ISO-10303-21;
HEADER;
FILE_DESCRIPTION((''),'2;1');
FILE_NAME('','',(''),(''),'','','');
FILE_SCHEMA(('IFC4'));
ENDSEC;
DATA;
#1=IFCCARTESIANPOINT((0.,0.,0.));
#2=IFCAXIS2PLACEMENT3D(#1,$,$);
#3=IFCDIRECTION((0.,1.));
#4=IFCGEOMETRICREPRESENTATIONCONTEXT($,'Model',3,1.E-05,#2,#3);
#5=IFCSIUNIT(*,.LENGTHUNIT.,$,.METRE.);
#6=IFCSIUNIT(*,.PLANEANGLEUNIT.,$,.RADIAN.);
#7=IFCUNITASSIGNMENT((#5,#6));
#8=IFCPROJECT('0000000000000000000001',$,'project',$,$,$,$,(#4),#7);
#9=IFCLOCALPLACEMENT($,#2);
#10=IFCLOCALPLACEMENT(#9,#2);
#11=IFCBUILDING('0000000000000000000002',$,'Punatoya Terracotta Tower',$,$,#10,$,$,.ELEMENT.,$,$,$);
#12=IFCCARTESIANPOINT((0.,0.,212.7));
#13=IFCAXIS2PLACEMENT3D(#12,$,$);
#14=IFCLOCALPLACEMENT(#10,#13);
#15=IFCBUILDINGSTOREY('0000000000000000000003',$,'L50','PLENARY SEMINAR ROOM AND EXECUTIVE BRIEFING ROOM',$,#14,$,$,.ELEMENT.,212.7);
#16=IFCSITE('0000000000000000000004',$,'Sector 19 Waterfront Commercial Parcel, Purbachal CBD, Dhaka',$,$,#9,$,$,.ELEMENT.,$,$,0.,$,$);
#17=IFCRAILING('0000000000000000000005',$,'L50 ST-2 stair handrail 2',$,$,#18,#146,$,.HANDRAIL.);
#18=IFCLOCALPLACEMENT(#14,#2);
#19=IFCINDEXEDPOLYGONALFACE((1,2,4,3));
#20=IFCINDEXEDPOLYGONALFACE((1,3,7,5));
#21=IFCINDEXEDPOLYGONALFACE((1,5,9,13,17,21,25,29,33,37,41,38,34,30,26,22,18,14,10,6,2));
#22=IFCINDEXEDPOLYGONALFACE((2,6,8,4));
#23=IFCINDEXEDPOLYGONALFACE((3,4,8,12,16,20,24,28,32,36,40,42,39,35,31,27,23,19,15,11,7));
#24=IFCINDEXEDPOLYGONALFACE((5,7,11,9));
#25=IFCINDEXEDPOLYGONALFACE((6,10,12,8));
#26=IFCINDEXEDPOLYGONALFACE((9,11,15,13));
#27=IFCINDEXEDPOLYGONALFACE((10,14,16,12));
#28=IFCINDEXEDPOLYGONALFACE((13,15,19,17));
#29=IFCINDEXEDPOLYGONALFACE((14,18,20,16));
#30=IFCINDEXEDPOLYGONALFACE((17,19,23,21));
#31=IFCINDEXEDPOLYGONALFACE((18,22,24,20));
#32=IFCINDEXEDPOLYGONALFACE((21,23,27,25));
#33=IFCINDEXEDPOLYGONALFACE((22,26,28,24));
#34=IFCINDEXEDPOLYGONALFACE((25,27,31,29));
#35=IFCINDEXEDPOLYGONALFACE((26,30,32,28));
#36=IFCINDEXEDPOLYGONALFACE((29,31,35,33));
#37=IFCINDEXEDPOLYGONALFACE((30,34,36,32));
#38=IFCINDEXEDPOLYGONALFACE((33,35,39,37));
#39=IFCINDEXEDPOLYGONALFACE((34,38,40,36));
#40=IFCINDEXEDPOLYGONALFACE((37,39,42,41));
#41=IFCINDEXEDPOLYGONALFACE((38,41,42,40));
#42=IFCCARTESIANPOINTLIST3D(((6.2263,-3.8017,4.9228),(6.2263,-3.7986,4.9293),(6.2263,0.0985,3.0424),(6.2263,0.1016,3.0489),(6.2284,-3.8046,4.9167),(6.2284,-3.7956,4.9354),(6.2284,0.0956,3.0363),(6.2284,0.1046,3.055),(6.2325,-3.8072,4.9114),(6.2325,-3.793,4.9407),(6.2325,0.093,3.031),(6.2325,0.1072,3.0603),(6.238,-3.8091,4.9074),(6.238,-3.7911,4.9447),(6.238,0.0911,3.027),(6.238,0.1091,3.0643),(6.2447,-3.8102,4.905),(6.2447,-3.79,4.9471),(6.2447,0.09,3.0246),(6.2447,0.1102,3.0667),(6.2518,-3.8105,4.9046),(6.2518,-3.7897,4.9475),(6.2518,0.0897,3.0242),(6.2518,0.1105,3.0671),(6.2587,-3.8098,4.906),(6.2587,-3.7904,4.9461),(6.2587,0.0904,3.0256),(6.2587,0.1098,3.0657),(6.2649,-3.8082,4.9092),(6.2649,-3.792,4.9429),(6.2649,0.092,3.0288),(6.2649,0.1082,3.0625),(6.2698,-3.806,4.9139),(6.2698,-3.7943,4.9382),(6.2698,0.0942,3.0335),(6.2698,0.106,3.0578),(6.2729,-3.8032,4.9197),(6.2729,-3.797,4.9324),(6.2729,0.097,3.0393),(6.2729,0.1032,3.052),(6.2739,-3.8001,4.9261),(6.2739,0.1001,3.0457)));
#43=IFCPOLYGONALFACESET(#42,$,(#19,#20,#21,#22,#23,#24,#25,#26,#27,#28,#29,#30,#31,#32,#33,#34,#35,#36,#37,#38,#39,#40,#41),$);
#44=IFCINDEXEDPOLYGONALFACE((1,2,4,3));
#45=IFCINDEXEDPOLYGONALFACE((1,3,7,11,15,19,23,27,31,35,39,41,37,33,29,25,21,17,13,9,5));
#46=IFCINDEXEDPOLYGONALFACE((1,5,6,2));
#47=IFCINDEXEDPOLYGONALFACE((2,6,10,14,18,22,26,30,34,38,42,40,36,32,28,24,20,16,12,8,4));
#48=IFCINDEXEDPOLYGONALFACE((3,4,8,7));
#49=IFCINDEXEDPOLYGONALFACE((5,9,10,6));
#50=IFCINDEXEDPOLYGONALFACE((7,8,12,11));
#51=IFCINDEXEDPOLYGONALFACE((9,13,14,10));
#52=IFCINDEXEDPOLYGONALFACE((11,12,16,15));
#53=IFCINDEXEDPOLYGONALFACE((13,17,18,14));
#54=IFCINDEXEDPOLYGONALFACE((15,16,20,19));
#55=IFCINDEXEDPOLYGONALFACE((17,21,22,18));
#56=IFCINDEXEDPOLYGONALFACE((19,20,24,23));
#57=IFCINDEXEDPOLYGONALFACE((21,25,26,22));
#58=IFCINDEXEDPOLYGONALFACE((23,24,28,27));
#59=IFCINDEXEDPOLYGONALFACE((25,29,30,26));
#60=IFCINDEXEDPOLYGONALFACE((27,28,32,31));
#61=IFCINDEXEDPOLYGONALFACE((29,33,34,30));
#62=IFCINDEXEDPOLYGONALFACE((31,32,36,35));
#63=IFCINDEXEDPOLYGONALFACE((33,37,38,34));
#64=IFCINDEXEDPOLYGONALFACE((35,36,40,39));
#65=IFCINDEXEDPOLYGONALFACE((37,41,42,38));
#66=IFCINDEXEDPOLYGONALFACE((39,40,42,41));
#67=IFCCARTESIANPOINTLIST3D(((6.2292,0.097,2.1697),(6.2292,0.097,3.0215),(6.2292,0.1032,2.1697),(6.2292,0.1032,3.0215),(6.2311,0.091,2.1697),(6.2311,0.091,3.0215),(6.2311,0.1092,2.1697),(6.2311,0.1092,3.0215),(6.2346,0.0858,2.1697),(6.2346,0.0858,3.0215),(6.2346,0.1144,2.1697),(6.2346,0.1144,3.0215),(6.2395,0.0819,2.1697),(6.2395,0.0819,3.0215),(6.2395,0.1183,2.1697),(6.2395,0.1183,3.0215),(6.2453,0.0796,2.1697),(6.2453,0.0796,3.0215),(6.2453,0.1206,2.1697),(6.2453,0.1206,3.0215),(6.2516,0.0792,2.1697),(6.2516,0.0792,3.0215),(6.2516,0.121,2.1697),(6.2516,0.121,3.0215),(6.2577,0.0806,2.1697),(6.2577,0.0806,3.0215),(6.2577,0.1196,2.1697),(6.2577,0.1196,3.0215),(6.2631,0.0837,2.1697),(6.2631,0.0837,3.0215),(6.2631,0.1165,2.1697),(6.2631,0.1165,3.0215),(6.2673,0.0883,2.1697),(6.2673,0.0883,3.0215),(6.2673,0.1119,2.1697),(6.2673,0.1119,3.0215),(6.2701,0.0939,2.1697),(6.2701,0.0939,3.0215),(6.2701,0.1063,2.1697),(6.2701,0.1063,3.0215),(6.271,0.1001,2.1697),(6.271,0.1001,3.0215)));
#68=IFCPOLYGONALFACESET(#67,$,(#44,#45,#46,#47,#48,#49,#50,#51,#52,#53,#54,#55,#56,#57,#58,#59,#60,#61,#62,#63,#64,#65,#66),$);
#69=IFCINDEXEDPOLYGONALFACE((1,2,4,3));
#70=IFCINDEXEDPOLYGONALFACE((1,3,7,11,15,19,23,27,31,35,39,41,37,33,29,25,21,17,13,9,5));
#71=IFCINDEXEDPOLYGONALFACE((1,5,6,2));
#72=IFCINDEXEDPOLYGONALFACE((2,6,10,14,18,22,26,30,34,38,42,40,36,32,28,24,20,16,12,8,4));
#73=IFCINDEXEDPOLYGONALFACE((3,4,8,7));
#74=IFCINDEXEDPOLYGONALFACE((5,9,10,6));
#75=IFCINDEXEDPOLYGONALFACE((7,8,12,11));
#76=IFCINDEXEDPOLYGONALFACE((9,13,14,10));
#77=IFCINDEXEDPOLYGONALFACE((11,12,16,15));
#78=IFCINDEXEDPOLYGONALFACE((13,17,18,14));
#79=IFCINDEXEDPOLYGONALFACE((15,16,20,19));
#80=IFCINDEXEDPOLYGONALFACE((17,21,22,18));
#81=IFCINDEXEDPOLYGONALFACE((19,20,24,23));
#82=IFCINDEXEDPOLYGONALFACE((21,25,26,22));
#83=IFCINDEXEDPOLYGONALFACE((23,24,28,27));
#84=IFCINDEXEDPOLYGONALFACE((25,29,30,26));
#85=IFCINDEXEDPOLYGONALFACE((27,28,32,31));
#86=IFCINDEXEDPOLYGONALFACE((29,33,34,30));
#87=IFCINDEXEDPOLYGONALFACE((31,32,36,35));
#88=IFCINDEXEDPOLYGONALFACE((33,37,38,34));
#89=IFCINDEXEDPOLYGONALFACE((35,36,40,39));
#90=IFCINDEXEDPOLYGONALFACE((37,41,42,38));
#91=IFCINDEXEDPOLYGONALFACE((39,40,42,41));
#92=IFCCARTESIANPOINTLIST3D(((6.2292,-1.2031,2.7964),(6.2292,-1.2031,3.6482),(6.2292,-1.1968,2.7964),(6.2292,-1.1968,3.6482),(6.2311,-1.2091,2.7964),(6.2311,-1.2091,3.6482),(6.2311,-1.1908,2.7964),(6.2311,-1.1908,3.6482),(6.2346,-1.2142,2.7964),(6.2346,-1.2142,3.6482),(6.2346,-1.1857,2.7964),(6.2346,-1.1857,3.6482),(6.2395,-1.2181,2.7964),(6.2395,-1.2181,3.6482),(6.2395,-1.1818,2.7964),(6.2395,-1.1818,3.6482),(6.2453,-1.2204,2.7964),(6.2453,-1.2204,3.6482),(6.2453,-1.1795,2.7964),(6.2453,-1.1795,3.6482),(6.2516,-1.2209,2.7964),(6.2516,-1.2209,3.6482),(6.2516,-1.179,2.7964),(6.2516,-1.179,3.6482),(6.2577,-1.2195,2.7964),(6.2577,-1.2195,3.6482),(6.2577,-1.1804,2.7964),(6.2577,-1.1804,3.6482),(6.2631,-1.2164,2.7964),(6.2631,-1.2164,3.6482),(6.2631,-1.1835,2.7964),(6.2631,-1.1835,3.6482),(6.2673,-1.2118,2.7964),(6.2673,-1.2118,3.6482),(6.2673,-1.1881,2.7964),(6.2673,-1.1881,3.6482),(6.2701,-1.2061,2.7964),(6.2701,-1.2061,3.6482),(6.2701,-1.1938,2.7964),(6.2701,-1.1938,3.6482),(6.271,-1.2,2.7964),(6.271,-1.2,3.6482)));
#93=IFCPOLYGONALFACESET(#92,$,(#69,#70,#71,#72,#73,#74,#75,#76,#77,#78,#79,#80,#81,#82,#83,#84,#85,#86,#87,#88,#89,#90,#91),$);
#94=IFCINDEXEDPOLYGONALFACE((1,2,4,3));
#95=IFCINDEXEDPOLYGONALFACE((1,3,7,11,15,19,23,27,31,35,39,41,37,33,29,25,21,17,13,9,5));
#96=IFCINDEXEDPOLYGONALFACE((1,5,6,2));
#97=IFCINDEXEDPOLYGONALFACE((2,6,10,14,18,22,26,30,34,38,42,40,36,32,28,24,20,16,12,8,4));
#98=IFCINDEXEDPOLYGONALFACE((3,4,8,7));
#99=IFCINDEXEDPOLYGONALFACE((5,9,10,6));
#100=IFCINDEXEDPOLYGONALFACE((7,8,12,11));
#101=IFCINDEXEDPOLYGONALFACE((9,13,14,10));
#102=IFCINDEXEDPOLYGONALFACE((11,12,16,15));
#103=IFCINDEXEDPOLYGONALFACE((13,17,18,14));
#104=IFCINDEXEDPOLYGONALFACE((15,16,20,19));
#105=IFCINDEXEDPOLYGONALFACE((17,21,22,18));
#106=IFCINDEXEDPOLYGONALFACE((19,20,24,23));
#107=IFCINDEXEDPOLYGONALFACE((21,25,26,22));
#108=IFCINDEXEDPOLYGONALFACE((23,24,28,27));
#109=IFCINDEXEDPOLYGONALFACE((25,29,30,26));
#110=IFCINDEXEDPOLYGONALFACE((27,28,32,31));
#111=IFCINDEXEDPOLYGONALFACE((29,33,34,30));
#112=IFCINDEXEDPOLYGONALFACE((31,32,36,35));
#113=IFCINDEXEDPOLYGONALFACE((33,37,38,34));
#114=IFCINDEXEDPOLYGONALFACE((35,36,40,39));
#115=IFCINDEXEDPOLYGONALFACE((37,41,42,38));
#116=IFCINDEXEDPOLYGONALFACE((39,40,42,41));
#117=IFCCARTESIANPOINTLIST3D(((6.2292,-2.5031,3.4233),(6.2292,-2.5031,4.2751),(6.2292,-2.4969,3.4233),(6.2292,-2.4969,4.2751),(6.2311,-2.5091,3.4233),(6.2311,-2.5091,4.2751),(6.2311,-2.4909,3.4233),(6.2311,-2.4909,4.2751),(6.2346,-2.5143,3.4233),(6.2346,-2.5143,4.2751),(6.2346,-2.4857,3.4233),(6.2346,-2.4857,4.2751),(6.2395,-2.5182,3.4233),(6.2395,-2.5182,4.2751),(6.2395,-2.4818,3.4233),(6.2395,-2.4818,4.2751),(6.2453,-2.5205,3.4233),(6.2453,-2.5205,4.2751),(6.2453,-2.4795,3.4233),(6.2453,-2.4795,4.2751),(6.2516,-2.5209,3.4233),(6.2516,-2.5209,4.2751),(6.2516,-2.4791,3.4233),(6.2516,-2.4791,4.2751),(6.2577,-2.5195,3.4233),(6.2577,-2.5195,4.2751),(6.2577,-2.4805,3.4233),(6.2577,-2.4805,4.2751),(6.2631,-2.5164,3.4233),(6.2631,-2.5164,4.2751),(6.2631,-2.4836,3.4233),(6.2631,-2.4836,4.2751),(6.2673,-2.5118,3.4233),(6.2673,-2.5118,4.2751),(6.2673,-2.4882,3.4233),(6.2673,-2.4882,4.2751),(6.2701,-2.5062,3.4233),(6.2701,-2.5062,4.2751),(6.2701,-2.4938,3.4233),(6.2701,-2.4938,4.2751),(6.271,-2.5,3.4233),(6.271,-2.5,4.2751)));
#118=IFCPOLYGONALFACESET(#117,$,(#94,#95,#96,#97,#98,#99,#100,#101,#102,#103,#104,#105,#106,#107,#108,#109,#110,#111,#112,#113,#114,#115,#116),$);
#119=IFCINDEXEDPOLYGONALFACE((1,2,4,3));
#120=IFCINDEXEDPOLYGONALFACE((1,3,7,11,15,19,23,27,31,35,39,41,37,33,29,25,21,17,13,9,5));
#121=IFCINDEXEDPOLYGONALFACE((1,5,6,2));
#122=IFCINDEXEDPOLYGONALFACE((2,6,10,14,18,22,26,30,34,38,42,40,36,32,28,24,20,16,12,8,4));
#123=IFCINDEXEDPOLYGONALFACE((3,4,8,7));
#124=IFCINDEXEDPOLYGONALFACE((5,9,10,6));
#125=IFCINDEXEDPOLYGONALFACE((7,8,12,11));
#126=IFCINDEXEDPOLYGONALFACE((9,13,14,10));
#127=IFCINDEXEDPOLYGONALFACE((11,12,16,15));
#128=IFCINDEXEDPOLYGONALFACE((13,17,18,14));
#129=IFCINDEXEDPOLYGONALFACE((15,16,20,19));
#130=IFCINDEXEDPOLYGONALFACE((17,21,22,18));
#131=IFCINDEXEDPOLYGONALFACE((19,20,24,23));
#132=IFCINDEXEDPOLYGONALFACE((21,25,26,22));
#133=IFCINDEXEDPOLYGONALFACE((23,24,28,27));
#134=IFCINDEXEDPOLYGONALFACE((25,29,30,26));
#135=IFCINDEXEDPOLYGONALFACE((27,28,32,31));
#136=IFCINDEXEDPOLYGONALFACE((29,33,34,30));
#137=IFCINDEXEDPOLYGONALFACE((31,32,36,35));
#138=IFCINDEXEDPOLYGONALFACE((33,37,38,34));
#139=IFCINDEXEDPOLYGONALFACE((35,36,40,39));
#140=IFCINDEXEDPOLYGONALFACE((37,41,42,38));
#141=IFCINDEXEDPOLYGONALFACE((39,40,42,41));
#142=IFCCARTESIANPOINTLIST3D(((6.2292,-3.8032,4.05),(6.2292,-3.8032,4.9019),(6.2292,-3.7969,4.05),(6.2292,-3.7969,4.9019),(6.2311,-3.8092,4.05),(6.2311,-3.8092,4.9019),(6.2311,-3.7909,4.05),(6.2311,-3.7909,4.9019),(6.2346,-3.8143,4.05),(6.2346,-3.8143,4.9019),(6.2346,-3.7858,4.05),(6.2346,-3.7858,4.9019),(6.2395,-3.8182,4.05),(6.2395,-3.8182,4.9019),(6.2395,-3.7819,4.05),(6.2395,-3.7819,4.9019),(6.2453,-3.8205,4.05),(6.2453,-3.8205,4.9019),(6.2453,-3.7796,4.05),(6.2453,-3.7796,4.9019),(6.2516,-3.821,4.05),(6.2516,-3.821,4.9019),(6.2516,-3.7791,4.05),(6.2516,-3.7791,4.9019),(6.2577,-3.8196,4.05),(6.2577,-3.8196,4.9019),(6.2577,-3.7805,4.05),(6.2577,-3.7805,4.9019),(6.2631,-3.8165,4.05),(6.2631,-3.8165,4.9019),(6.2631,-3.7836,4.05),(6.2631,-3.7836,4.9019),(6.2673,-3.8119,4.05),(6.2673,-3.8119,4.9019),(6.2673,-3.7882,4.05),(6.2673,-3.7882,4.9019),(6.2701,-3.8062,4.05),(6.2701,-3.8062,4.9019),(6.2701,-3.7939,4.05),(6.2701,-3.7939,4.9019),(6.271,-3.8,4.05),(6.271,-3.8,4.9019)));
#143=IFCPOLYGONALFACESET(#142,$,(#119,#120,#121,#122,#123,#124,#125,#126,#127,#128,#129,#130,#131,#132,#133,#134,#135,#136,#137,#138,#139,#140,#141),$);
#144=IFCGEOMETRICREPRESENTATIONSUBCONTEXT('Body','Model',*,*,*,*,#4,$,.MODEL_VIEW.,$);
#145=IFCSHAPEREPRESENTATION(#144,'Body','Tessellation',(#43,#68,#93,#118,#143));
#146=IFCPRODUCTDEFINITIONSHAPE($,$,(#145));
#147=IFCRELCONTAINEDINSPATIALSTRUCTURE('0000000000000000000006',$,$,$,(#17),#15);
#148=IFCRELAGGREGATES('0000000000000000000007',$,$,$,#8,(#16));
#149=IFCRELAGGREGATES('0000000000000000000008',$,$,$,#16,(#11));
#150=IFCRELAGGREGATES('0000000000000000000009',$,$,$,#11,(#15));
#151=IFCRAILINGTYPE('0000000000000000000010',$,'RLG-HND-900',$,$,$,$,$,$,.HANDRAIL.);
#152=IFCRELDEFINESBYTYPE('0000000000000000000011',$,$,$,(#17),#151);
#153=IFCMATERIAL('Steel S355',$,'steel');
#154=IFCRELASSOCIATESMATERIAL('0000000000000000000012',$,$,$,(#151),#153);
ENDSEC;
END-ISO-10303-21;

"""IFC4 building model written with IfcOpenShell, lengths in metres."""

from ifc_helpers import new_model, si_unit, direction, frame, origin, origin_2d, place, context, subcontext, project, spatial, circle, extrude, material, type_object, element, save


model = new_model("IFC4")

# Units and contexts
model_context = context("Model", 3, precision=1e-05, world=origin(), true_north=direction((0.0, 1.0)))
body_context = subcontext(model_context, "Body", "Model", "MODEL_VIEW")
ifc_project = project(units=[si_unit("LENGTHUNIT", "METRE"), si_unit("PLANEANGLEUNIT", "RADIAN")], contexts=[model_context])

# Site, building, storey
site_placement = place(None, origin())
site = spatial("IfcSite", under=ifc_project, at=site_placement, Name="Sector 19 Waterfront Commercial Parcel, Purbachal CBD, Dhaka", CompositionType="ELEMENT", RefElevation=0.0)
building_placement = place(site_placement, origin())
building = spatial("IfcBuilding", under=site, at=building_placement, Name="Punatoya Terracotta Tower", CompositionType="ELEMENT")
storey_placement = place(building_placement, frame((0.0, 0.0, 212.7)))
storey = spatial("IfcBuildingStorey", under=building, at=storey_placement, Name="L50", Description="PLENARY SEMINAR ROOM AND EXECUTIVE BRIEFING ROOM", CompositionType="ELEMENT", Elevation=212.7)

# Shared definitions
ifc_material_1 = material(Name="Steel S355", Category="steel")

# Railing
railing_type_1 = type_object("IfcRailingType", Name="RLG-HND-900", PredefinedType="HANDRAIL", material=ifc_material_1)
railing_1_placement = place(storey_placement, frame((6.25, 0.1001, 2.1697)))
element("IfcRailing", 1, at=railing_1_placement, inside=storey, type_object=railing_type_1, Name="L50 ST-2 stair handrail 2", PredefinedType="HANDRAIL", context=body_context, shape_type="SweptSolid", body=[
    extrude(circle(Radius=0.0239, at=origin_2d()), frame((0.0, 0.0, 0.876), z_axis=(0.0, -0.900774, 0.434289), x_axis=(1.0, 0.0, 0.0)), (0.0, 0.0, 1.0), 4.3298),
    extrude(circle(Radius=0.021, at=origin_2d()), origin(), (0.0, 0.0, 1.0), 0.8518),
    extrude(circle(Radius=0.021, at=origin_2d()), frame((0.0, -1.3, 0.6267)), (0.0, 0.0, 1.0), 0.8518),
    extrude(circle(Radius=0.021, at=origin_2d()), frame((0.0, -2.6001, 1.2537)), (0.0, 0.0, 1.0), 0.8518),
    extrude(circle(Radius=0.021, at=origin_2d()), frame((0.0, -3.9001, 1.8804)), (0.0, 0.0, 1.0), 0.8518),
])

save(model, "model.ifc")
